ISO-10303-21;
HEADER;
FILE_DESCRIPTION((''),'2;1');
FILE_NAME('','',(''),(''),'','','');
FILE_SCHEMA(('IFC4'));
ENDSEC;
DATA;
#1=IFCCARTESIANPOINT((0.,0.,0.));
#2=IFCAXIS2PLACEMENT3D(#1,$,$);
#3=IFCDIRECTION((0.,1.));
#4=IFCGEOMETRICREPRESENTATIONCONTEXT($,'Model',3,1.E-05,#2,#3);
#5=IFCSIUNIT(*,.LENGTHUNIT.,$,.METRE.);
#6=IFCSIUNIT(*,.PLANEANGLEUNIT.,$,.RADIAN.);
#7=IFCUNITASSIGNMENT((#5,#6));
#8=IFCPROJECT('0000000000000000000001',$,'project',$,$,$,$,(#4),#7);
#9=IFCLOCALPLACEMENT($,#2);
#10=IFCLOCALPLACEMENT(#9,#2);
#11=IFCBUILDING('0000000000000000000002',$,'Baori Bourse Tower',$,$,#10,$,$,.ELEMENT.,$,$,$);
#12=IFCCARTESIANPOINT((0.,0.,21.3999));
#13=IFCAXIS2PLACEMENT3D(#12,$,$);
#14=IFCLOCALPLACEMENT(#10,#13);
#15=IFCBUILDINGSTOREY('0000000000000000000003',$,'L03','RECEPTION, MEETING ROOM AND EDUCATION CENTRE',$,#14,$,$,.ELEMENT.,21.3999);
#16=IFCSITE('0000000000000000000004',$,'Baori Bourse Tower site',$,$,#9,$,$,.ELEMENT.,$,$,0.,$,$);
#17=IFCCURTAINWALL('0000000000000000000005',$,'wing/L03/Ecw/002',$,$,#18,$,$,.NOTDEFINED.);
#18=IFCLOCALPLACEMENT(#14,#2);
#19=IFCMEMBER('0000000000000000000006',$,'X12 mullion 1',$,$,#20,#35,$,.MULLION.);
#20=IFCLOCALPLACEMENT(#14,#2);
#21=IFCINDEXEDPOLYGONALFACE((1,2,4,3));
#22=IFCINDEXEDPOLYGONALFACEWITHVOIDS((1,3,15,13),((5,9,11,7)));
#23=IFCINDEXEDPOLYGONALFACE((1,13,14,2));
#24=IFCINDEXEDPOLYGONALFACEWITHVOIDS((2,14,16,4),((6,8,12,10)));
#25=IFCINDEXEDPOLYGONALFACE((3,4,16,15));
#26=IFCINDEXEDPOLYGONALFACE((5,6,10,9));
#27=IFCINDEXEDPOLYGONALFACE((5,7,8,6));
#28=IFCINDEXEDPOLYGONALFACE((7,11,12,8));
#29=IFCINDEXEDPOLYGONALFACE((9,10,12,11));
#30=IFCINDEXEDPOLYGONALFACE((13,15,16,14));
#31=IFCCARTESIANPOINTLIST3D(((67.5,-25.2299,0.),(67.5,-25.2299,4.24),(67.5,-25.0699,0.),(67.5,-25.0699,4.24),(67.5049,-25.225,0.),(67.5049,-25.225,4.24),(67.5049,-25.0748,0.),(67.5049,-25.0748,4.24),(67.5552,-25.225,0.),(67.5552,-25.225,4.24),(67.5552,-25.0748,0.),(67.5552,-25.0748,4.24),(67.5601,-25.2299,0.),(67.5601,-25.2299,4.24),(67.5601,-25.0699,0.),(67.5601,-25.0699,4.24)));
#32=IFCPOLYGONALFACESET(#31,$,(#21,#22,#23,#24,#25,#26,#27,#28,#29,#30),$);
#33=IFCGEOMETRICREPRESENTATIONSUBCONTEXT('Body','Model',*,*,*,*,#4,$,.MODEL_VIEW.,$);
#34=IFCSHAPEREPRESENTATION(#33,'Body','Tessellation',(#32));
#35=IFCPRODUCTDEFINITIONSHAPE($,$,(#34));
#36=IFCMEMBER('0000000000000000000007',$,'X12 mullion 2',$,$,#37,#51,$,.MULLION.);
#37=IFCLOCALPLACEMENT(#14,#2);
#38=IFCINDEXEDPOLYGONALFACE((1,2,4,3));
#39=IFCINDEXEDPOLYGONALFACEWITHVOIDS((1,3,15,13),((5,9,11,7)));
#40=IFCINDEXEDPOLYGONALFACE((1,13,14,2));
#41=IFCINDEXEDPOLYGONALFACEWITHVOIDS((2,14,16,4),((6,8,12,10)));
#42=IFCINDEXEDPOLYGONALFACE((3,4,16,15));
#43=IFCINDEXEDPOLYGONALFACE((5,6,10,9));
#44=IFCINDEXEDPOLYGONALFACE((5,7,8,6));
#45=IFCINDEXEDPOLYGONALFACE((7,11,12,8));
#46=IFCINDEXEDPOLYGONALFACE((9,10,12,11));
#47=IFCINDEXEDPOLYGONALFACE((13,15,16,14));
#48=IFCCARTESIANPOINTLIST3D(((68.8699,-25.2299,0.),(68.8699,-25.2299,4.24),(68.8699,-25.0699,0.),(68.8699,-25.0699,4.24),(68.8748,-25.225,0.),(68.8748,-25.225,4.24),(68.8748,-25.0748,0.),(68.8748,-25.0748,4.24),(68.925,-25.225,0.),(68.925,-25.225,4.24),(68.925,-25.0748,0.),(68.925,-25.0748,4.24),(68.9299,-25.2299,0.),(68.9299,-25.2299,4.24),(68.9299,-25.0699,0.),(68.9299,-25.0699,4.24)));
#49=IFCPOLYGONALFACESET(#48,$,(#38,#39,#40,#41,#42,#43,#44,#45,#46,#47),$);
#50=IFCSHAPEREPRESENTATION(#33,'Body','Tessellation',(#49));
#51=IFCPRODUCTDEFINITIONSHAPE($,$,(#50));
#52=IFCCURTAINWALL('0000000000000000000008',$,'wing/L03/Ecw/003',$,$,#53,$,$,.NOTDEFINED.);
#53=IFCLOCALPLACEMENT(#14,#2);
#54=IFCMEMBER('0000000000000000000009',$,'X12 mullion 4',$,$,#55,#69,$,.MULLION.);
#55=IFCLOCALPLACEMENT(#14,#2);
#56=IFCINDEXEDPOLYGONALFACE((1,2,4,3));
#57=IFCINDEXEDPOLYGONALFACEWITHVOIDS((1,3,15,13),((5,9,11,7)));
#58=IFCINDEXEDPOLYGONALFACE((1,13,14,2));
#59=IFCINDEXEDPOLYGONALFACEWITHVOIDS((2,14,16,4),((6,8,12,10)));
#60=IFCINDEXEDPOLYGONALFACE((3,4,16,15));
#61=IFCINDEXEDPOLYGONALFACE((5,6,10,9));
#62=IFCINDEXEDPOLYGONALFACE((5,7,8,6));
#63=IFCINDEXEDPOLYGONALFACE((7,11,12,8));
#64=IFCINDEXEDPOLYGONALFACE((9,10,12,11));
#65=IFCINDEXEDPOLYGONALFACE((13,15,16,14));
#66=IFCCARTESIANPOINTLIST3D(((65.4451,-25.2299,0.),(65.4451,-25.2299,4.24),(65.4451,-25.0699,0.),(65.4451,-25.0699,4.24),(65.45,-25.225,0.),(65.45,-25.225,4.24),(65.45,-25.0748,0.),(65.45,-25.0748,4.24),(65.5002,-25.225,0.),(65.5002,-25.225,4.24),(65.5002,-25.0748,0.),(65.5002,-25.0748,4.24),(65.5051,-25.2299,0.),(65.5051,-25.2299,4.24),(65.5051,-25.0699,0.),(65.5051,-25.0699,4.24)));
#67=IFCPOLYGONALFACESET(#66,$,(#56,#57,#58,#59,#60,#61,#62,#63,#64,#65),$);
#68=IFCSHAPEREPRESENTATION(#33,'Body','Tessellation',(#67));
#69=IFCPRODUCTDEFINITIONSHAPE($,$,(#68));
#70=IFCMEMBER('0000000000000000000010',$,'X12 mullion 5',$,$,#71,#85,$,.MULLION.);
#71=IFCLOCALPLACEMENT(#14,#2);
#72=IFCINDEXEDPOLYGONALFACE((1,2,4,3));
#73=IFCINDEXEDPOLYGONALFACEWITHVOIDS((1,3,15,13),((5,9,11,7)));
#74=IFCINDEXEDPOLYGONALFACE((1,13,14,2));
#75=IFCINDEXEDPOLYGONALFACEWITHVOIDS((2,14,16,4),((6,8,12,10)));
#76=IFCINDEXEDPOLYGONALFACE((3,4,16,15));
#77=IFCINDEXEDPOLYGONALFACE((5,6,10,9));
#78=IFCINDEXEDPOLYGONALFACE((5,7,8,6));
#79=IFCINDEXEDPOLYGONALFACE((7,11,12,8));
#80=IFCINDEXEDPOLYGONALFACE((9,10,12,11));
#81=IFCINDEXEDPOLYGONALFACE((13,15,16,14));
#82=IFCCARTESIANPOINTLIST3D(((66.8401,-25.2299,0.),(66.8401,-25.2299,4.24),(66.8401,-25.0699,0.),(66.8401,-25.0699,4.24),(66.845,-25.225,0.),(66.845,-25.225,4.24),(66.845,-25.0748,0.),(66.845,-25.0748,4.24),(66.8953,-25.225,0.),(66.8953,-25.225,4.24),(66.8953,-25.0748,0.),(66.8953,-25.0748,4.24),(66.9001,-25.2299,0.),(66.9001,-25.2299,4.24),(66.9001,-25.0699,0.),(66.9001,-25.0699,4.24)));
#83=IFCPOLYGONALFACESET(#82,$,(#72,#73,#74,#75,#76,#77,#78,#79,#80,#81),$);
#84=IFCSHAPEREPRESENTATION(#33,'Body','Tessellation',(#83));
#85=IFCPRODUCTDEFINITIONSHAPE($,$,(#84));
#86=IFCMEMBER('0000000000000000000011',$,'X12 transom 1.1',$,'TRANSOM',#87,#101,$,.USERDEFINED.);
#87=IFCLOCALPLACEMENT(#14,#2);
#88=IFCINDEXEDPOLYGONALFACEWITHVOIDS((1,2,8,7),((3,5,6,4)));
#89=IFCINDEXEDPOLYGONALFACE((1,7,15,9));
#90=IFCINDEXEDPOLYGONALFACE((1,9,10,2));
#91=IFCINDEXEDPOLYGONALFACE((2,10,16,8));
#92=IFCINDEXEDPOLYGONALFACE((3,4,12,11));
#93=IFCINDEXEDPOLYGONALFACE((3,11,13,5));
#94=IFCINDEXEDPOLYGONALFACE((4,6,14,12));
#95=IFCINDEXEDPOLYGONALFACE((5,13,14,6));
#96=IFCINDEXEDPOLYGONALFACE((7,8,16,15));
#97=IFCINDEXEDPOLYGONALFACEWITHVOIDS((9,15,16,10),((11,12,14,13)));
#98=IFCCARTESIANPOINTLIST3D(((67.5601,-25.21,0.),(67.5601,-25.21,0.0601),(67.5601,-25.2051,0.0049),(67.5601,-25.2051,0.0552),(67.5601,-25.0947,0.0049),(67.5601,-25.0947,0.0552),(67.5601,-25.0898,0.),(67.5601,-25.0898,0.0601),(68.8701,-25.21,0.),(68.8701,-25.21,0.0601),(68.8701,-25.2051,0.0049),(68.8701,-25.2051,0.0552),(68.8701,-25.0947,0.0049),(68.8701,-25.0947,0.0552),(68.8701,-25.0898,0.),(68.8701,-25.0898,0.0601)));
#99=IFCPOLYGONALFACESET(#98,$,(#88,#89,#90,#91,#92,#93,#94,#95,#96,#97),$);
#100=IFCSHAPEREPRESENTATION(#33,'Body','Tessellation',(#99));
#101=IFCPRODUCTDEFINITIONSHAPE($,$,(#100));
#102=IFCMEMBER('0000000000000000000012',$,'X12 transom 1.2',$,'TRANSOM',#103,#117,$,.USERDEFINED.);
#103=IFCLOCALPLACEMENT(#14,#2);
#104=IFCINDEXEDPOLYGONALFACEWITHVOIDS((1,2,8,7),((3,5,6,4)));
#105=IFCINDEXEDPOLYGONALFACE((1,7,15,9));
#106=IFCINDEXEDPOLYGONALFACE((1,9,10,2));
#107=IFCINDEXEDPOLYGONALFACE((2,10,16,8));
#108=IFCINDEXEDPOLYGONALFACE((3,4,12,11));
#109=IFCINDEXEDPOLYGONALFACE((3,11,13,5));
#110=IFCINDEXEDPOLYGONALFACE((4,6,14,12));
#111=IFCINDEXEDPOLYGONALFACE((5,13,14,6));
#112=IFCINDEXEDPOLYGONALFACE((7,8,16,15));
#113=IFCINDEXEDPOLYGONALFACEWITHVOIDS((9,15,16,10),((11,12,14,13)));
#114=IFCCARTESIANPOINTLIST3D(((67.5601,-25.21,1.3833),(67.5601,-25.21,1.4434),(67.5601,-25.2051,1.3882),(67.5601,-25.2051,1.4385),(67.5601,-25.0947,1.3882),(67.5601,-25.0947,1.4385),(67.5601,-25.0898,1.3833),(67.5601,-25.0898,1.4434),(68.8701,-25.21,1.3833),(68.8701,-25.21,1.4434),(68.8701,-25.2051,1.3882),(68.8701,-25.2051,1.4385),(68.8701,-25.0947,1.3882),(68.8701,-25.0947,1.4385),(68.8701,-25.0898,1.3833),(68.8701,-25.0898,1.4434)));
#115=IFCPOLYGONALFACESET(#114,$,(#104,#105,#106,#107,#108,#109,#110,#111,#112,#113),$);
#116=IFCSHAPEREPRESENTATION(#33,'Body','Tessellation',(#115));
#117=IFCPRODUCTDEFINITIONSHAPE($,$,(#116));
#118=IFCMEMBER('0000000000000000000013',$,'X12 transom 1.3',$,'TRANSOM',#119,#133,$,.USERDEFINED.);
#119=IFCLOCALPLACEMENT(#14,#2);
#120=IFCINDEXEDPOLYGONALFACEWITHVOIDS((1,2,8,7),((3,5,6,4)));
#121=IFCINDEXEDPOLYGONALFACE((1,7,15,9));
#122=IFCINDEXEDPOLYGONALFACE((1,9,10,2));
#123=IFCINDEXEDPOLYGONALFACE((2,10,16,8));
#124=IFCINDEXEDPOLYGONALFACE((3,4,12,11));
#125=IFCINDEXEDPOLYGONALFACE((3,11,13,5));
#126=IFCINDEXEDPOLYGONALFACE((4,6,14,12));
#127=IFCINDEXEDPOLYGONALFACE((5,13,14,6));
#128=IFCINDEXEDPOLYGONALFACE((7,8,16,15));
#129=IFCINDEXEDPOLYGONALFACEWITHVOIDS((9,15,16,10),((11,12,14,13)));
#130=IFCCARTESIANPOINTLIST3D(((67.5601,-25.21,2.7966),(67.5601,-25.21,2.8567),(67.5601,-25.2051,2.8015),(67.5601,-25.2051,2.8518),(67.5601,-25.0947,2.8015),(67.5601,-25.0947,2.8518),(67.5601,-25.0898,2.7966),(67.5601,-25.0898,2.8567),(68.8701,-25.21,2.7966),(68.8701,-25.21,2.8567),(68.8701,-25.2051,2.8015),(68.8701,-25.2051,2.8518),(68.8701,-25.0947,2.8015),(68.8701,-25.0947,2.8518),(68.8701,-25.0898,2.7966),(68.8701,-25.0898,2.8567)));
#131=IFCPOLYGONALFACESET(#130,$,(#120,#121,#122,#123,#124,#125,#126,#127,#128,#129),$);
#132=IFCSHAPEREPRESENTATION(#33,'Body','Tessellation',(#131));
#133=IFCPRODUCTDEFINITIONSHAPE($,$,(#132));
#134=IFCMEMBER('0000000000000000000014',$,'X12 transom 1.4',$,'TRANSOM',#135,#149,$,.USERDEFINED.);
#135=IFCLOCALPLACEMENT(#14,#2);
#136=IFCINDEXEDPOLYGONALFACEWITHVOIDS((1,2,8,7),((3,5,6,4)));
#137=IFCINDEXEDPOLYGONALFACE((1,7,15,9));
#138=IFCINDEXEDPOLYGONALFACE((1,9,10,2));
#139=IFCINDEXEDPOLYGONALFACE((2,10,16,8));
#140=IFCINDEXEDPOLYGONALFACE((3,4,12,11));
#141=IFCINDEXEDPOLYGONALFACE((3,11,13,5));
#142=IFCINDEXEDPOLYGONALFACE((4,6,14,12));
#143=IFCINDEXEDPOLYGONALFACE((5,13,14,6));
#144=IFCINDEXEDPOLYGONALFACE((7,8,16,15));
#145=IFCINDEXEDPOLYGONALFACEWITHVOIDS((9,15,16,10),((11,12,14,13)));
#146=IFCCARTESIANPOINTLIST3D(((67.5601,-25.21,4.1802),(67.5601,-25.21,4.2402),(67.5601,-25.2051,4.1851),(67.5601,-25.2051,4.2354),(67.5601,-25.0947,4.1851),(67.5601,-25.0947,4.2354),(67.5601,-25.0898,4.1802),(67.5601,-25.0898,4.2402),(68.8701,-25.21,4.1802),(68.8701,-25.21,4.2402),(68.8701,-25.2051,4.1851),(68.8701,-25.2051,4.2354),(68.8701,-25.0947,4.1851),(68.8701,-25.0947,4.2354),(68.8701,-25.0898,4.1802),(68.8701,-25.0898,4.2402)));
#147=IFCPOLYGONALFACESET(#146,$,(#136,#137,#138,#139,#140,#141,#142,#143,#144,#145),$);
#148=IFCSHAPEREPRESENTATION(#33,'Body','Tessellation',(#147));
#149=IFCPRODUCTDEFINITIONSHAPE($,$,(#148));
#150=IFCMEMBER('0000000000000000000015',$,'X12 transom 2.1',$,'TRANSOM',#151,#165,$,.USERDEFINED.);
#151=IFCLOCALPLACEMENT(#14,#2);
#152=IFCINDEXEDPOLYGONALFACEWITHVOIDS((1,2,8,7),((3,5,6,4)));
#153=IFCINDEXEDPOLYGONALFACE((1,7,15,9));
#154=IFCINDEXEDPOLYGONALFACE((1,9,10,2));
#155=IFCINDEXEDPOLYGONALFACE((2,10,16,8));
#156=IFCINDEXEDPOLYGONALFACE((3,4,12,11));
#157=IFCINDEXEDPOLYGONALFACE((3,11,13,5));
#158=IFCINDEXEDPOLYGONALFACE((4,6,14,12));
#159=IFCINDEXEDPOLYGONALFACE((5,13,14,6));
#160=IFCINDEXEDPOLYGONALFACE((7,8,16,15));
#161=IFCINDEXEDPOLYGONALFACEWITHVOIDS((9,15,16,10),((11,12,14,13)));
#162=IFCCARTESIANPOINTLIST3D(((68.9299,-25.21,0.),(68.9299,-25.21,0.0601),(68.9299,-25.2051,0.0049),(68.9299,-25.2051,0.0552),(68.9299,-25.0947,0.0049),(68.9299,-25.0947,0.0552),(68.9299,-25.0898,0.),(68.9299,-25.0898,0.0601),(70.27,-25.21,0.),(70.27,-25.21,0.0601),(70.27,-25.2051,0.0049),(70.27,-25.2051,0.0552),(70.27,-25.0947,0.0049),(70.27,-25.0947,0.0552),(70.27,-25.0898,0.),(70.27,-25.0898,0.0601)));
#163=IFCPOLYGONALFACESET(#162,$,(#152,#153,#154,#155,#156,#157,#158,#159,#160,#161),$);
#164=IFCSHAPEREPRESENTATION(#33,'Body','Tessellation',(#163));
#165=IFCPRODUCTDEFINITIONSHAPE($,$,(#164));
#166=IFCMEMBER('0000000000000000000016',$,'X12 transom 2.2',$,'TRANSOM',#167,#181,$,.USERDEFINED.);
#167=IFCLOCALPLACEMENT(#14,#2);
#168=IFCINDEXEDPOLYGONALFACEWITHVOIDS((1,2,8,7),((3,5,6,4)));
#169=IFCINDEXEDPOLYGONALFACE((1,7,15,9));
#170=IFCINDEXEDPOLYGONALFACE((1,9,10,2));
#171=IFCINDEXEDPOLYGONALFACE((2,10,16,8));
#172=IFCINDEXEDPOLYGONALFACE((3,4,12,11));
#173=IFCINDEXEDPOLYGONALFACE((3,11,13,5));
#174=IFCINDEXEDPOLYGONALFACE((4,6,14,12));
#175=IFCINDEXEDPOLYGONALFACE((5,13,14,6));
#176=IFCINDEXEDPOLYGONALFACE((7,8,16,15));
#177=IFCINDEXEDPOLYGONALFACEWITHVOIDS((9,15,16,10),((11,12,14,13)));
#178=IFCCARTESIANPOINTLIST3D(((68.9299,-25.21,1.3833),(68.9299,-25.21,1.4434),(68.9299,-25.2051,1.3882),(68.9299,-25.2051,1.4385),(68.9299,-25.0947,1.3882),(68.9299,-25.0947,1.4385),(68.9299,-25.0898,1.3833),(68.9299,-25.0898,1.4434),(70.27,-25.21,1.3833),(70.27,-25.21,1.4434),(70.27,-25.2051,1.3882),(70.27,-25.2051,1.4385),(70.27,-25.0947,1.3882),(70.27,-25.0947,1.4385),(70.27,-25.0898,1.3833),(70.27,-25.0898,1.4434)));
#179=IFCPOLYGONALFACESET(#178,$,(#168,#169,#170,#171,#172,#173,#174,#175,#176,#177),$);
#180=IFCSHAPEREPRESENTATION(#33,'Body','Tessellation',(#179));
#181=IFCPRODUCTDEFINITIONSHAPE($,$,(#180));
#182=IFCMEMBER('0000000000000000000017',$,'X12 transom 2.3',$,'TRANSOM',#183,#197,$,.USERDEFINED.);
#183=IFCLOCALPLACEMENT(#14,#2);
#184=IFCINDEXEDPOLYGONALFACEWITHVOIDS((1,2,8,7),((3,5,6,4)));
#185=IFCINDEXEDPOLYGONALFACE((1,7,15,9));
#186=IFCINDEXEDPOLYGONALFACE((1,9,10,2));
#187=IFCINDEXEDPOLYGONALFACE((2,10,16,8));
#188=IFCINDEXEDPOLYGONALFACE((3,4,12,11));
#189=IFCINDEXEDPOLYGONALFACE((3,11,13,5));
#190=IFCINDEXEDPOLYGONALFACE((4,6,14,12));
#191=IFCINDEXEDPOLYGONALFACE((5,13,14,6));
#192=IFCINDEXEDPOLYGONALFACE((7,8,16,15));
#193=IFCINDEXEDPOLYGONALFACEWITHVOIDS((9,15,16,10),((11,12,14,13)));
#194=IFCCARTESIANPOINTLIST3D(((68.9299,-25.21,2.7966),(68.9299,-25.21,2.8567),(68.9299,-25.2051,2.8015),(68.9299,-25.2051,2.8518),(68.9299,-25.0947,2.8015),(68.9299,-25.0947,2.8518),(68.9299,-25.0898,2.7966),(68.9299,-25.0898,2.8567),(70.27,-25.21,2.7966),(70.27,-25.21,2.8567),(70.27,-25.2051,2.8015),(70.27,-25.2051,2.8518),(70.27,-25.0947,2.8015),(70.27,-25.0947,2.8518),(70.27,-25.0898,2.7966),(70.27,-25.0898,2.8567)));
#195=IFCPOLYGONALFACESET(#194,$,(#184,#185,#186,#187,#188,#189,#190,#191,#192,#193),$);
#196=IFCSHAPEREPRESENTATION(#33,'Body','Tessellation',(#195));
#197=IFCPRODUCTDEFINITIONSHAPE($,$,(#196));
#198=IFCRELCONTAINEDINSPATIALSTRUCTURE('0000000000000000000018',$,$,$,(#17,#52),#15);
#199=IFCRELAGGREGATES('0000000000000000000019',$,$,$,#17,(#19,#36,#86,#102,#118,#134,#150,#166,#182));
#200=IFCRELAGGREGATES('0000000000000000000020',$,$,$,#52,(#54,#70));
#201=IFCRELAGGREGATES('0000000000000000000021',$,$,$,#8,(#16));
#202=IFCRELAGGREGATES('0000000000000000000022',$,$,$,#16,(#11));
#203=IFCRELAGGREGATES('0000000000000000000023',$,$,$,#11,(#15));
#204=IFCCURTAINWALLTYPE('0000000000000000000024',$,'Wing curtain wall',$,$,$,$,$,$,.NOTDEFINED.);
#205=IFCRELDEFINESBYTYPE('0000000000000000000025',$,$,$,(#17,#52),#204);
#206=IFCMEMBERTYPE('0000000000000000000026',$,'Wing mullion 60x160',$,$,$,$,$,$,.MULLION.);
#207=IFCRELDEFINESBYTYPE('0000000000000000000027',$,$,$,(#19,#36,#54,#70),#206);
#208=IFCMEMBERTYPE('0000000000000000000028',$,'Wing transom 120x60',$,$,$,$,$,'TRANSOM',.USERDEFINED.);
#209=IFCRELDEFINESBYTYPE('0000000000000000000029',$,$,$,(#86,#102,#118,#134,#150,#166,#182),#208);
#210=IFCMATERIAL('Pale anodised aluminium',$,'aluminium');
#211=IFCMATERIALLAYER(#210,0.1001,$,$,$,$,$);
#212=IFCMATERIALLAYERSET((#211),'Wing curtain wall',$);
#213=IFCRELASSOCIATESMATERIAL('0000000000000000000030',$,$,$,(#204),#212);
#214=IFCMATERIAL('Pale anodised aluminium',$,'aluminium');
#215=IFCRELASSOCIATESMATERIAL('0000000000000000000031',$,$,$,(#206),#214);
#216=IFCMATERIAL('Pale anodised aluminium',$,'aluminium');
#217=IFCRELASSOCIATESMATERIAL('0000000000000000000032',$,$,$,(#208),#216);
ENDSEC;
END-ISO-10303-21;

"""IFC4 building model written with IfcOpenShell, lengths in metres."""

from ifc_helpers import new_model, si_unit, direction, frame, origin, origin_2d, place, context, subcontext, project, spatial, hollow_rectangle, extrude, material, layer, layer_set, material_profile, profile_set, type_object, element, aggregate, save


model = new_model("IFC4")

# Units and contexts
model_context = context("Model", 3, precision=1e-05, world=origin(), true_north=direction((0.0, 1.0)))
body_context = subcontext(model_context, "Body", "Model", "MODEL_VIEW")
ifc_project = project(units=[si_unit("LENGTHUNIT", "METRE"), si_unit("PLANEANGLEUNIT", "RADIAN")], contexts=[model_context])

# Site, building, storey
site_placement = place(None, origin())
site = spatial("IfcSite", under=ifc_project, at=site_placement, Name="Baori Bourse Tower site", CompositionType="ELEMENT", RefElevation=0.0)
building_placement = place(site_placement, origin())
building = spatial("IfcBuilding", under=site, at=building_placement, Name="Baori Bourse Tower", CompositionType="ELEMENT")
storey_placement = place(building_placement, frame((0.0, 0.0, 21.3999)))
storey = spatial("IfcBuildingStorey", under=building, at=storey_placement, Name="L03", Description="RECEPTION, MEETING ROOM AND EDUCATION CENTRE", CompositionType="ELEMENT", Elevation=21.3999)

# Curtain walls, members
ifc_material_1 = material(Name="Pale anodised aluminium", Category="aluminium")
ifc_layer_1 = layer(ifc_material_1, 0.1001)
ifc_layer_set_1 = layer_set([ifc_layer_1], Name="Wing curtain wall")
curtain_wall_type = type_object("IfcCurtainWallType", Name="Wing curtain wall", PredefinedType="NOTDEFINED", material=ifc_layer_set_1)
curtain_wall_1_placement = place(storey_placement, origin())
curtain_wall_1 = element("IfcCurtainWall", 1, at=curtain_wall_1_placement, inside=storey, type_object=curtain_wall_type, Name="wing/L03/Ecw/002", PredefinedType="NOTDEFINED")
ifc_material_2 = material(Name="Pale anodised aluminium", Category="aluminium")
ifc_material_profile_1 = material_profile(ifc_material_2, hollow_rectangle(XDim=0.1599, YDim=0.0601, WallThickness=0.0049, at=origin_2d()), Name="Mullion 160x60x5")
ifc_profile_set_1 = profile_set([ifc_material_profile_1], Name="Pale anodised aluminium")
member_type_1 = type_object("IfcMemberType", Name="Wing mullion 60x160", PredefinedType="MULLION", material=ifc_profile_set_1)
member_1_placement = place(storey_placement, frame((67.53, -25.1499, 0.0), z_axis=(0.0, 0.0, 1.0), x_axis=(0.0, 1.0, 0.0)))
member_1 = element("IfcMember", 2, at=member_1_placement, type_object=member_type_1, Name="X12 mullion 1", PredefinedType="MULLION", context=body_context, shape_type="SweptSolid", body=[
    extrude(hollow_rectangle(XDim=0.1599, YDim=0.0601, WallThickness=0.0049, at=origin_2d()), origin(), (0.0, 0.0, 1.0), 4.24),
])
member_2_placement = place(storey_placement, frame((68.8999, -25.1499, 0.0), z_axis=(0.0, 0.0, 1.0), x_axis=(0.0, 1.0, 0.0)))
member_2 = element("IfcMember", 3, at=member_2_placement, type_object=member_type_1, Name="X12 mullion 2", PredefinedType="MULLION", context=body_context, shape_type="SweptSolid", body=[
    extrude(hollow_rectangle(XDim=0.1599, YDim=0.0601, WallThickness=0.0049, at=origin_2d()), origin(), (0.0, 0.0, 1.0), 4.24),
])
curtain_wall_2_placement = place(storey_placement, origin())
curtain_wall_2 = element("IfcCurtainWall", 4, at=curtain_wall_2_placement, inside=storey, type_object=curtain_wall_type, Name="wing/L03/Ecw/003", PredefinedType="NOTDEFINED")
member_3_placement = place(storey_placement, frame((65.4751, -25.1499, 0.0), z_axis=(0.0, 0.0, 1.0), x_axis=(0.0, 1.0, 0.0)))
member_3 = element("IfcMember", 5, at=member_3_placement, type_object=member_type_1, Name="X12 mullion 4", PredefinedType="MULLION", context=body_context, shape_type="SweptSolid", body=[
    extrude(hollow_rectangle(XDim=0.1599, YDim=0.0601, WallThickness=0.0049, at=origin_2d()), origin(), (0.0, 0.0, 1.0), 4.24),
])
member_4_placement = place(storey_placement, frame((66.8701, -25.1499, 0.0), z_axis=(0.0, 0.0, 1.0), x_axis=(0.0, 1.0, 0.0)))
member_4 = element("IfcMember", 6, at=member_4_placement, type_object=member_type_1, Name="X12 mullion 5", PredefinedType="MULLION", context=body_context, shape_type="SweptSolid", body=[
    extrude(hollow_rectangle(XDim=0.1599, YDim=0.0601, WallThickness=0.0049, at=origin_2d()), origin(), (0.0, 0.0, 1.0), 4.24),
])

# Members
ifc_material_3 = material(Name="Pale anodised aluminium", Category="aluminium")
ifc_material_profile_2 = material_profile(ifc_material_3, hollow_rectangle(XDim=0.1201, YDim=0.0601, WallThickness=0.0049, at=origin_2d()), Name="Transom 120x60x5")
ifc_profile_set_2 = profile_set([ifc_material_profile_2], Name="Pale anodised aluminium")
member_type_2 = type_object("IfcMemberType", Name="Wing transom 120x60", ElementType="TRANSOM", PredefinedType="USERDEFINED", material=ifc_profile_set_2)
member_5_placement = place(storey_placement, frame((67.5601, -25.1499, 0.03), z_axis=(1.0, 0.0, 0.0), x_axis=(0.0, 1.0, 0.0)))
member_5 = element("IfcMember", 7, at=member_5_placement, type_object=member_type_2, Name="X12 transom 1.1", ObjectType="TRANSOM", PredefinedType="USERDEFINED", context=body_context, shape_type="SweptSolid", body=[
    extrude(hollow_rectangle(XDim=0.1201, YDim=0.0601, WallThickness=0.0049, at=origin_2d()), origin(), (0.0, 0.0, 1.0), 1.3101),
])
member_6_placement = place(storey_placement, frame((67.5601, -25.1499, 1.4133), z_axis=(1.0, 0.0, 0.0), x_axis=(0.0, 1.0, 0.0)))
member_6 = element("IfcMember", 8, at=member_6_placement, type_object=member_type_2, Name="X12 transom 1.2", ObjectType="TRANSOM", PredefinedType="USERDEFINED", context=body_context, shape_type="SweptSolid", body=[
    extrude(hollow_rectangle(XDim=0.1201, YDim=0.0601, WallThickness=0.0049, at=origin_2d()), origin(), (0.0, 0.0, 1.0), 1.3101),
])
member_7_placement = place(storey_placement, frame((67.5601, -25.1499, 2.8267), z_axis=(1.0, 0.0, 0.0), x_axis=(0.0, 1.0, 0.0)))
member_7 = element("IfcMember", 9, at=member_7_placement, type_object=member_type_2, Name="X12 transom 1.3", ObjectType="TRANSOM", PredefinedType="USERDEFINED", context=body_context, shape_type="SweptSolid", body=[
    extrude(hollow_rectangle(XDim=0.1201, YDim=0.0601, WallThickness=0.0049, at=origin_2d()), origin(), (0.0, 0.0, 1.0), 1.3101),
])
member_8_placement = place(storey_placement, frame((67.5601, -25.1499, 4.2102), z_axis=(1.0, 0.0, 0.0), x_axis=(0.0, 1.0, 0.0)))
member_8 = element("IfcMember", 10, at=member_8_placement, type_object=member_type_2, Name="X12 transom 1.4", ObjectType="TRANSOM", PredefinedType="USERDEFINED", context=body_context, shape_type="SweptSolid", body=[
    extrude(hollow_rectangle(XDim=0.1201, YDim=0.0601, WallThickness=0.0049, at=origin_2d()), origin(), (0.0, 0.0, 1.0), 1.3101),
])
member_9_placement = place(storey_placement, frame((68.9299, -25.1499, 0.03), z_axis=(1.0, 0.0, 0.0), x_axis=(0.0, 1.0, 0.0)))
member_9 = element("IfcMember", 11, at=member_9_placement, type_object=member_type_2, Name="X12 transom 2.1", ObjectType="TRANSOM", PredefinedType="USERDEFINED", context=body_context, shape_type="SweptSolid", body=[
    extrude(hollow_rectangle(XDim=0.1201, YDim=0.0601, WallThickness=0.0049, at=origin_2d()), origin(), (0.0, 0.0, 1.0), 1.3401),
])
member_10_placement = place(storey_placement, frame((68.9299, -25.1499, 1.4133), z_axis=(1.0, 0.0, 0.0), x_axis=(0.0, 1.0, 0.0)))
member_10 = element("IfcMember", 12, at=member_10_placement, type_object=member_type_2, Name="X12 transom 2.2", ObjectType="TRANSOM", PredefinedType="USERDEFINED", context=body_context, shape_type="SweptSolid", body=[
    extrude(hollow_rectangle(XDim=0.1201, YDim=0.0601, WallThickness=0.0049, at=origin_2d()), origin(), (0.0, 0.0, 1.0), 1.3401),
])
member_11_placement = place(storey_placement, frame((68.9299, -25.1499, 2.8267), z_axis=(1.0, 0.0, 0.0), x_axis=(0.0, 1.0, 0.0)))
member_11 = element("IfcMember", 13, at=member_11_placement, type_object=member_type_2, Name="X12 transom 2.3", ObjectType="TRANSOM", PredefinedType="USERDEFINED", context=body_context, shape_type="SweptSolid", body=[
    extrude(hollow_rectangle(XDim=0.1201, YDim=0.0601, WallThickness=0.0049, at=origin_2d()), origin(), (0.0, 0.0, 1.0), 1.3401),
])

aggregate(curtain_wall_1, [member_1, member_2, member_5, member_6, member_7, member_8, member_9, member_10, member_11])
aggregate(curtain_wall_2, [member_3, member_4])

save(model, "model.ifc")
